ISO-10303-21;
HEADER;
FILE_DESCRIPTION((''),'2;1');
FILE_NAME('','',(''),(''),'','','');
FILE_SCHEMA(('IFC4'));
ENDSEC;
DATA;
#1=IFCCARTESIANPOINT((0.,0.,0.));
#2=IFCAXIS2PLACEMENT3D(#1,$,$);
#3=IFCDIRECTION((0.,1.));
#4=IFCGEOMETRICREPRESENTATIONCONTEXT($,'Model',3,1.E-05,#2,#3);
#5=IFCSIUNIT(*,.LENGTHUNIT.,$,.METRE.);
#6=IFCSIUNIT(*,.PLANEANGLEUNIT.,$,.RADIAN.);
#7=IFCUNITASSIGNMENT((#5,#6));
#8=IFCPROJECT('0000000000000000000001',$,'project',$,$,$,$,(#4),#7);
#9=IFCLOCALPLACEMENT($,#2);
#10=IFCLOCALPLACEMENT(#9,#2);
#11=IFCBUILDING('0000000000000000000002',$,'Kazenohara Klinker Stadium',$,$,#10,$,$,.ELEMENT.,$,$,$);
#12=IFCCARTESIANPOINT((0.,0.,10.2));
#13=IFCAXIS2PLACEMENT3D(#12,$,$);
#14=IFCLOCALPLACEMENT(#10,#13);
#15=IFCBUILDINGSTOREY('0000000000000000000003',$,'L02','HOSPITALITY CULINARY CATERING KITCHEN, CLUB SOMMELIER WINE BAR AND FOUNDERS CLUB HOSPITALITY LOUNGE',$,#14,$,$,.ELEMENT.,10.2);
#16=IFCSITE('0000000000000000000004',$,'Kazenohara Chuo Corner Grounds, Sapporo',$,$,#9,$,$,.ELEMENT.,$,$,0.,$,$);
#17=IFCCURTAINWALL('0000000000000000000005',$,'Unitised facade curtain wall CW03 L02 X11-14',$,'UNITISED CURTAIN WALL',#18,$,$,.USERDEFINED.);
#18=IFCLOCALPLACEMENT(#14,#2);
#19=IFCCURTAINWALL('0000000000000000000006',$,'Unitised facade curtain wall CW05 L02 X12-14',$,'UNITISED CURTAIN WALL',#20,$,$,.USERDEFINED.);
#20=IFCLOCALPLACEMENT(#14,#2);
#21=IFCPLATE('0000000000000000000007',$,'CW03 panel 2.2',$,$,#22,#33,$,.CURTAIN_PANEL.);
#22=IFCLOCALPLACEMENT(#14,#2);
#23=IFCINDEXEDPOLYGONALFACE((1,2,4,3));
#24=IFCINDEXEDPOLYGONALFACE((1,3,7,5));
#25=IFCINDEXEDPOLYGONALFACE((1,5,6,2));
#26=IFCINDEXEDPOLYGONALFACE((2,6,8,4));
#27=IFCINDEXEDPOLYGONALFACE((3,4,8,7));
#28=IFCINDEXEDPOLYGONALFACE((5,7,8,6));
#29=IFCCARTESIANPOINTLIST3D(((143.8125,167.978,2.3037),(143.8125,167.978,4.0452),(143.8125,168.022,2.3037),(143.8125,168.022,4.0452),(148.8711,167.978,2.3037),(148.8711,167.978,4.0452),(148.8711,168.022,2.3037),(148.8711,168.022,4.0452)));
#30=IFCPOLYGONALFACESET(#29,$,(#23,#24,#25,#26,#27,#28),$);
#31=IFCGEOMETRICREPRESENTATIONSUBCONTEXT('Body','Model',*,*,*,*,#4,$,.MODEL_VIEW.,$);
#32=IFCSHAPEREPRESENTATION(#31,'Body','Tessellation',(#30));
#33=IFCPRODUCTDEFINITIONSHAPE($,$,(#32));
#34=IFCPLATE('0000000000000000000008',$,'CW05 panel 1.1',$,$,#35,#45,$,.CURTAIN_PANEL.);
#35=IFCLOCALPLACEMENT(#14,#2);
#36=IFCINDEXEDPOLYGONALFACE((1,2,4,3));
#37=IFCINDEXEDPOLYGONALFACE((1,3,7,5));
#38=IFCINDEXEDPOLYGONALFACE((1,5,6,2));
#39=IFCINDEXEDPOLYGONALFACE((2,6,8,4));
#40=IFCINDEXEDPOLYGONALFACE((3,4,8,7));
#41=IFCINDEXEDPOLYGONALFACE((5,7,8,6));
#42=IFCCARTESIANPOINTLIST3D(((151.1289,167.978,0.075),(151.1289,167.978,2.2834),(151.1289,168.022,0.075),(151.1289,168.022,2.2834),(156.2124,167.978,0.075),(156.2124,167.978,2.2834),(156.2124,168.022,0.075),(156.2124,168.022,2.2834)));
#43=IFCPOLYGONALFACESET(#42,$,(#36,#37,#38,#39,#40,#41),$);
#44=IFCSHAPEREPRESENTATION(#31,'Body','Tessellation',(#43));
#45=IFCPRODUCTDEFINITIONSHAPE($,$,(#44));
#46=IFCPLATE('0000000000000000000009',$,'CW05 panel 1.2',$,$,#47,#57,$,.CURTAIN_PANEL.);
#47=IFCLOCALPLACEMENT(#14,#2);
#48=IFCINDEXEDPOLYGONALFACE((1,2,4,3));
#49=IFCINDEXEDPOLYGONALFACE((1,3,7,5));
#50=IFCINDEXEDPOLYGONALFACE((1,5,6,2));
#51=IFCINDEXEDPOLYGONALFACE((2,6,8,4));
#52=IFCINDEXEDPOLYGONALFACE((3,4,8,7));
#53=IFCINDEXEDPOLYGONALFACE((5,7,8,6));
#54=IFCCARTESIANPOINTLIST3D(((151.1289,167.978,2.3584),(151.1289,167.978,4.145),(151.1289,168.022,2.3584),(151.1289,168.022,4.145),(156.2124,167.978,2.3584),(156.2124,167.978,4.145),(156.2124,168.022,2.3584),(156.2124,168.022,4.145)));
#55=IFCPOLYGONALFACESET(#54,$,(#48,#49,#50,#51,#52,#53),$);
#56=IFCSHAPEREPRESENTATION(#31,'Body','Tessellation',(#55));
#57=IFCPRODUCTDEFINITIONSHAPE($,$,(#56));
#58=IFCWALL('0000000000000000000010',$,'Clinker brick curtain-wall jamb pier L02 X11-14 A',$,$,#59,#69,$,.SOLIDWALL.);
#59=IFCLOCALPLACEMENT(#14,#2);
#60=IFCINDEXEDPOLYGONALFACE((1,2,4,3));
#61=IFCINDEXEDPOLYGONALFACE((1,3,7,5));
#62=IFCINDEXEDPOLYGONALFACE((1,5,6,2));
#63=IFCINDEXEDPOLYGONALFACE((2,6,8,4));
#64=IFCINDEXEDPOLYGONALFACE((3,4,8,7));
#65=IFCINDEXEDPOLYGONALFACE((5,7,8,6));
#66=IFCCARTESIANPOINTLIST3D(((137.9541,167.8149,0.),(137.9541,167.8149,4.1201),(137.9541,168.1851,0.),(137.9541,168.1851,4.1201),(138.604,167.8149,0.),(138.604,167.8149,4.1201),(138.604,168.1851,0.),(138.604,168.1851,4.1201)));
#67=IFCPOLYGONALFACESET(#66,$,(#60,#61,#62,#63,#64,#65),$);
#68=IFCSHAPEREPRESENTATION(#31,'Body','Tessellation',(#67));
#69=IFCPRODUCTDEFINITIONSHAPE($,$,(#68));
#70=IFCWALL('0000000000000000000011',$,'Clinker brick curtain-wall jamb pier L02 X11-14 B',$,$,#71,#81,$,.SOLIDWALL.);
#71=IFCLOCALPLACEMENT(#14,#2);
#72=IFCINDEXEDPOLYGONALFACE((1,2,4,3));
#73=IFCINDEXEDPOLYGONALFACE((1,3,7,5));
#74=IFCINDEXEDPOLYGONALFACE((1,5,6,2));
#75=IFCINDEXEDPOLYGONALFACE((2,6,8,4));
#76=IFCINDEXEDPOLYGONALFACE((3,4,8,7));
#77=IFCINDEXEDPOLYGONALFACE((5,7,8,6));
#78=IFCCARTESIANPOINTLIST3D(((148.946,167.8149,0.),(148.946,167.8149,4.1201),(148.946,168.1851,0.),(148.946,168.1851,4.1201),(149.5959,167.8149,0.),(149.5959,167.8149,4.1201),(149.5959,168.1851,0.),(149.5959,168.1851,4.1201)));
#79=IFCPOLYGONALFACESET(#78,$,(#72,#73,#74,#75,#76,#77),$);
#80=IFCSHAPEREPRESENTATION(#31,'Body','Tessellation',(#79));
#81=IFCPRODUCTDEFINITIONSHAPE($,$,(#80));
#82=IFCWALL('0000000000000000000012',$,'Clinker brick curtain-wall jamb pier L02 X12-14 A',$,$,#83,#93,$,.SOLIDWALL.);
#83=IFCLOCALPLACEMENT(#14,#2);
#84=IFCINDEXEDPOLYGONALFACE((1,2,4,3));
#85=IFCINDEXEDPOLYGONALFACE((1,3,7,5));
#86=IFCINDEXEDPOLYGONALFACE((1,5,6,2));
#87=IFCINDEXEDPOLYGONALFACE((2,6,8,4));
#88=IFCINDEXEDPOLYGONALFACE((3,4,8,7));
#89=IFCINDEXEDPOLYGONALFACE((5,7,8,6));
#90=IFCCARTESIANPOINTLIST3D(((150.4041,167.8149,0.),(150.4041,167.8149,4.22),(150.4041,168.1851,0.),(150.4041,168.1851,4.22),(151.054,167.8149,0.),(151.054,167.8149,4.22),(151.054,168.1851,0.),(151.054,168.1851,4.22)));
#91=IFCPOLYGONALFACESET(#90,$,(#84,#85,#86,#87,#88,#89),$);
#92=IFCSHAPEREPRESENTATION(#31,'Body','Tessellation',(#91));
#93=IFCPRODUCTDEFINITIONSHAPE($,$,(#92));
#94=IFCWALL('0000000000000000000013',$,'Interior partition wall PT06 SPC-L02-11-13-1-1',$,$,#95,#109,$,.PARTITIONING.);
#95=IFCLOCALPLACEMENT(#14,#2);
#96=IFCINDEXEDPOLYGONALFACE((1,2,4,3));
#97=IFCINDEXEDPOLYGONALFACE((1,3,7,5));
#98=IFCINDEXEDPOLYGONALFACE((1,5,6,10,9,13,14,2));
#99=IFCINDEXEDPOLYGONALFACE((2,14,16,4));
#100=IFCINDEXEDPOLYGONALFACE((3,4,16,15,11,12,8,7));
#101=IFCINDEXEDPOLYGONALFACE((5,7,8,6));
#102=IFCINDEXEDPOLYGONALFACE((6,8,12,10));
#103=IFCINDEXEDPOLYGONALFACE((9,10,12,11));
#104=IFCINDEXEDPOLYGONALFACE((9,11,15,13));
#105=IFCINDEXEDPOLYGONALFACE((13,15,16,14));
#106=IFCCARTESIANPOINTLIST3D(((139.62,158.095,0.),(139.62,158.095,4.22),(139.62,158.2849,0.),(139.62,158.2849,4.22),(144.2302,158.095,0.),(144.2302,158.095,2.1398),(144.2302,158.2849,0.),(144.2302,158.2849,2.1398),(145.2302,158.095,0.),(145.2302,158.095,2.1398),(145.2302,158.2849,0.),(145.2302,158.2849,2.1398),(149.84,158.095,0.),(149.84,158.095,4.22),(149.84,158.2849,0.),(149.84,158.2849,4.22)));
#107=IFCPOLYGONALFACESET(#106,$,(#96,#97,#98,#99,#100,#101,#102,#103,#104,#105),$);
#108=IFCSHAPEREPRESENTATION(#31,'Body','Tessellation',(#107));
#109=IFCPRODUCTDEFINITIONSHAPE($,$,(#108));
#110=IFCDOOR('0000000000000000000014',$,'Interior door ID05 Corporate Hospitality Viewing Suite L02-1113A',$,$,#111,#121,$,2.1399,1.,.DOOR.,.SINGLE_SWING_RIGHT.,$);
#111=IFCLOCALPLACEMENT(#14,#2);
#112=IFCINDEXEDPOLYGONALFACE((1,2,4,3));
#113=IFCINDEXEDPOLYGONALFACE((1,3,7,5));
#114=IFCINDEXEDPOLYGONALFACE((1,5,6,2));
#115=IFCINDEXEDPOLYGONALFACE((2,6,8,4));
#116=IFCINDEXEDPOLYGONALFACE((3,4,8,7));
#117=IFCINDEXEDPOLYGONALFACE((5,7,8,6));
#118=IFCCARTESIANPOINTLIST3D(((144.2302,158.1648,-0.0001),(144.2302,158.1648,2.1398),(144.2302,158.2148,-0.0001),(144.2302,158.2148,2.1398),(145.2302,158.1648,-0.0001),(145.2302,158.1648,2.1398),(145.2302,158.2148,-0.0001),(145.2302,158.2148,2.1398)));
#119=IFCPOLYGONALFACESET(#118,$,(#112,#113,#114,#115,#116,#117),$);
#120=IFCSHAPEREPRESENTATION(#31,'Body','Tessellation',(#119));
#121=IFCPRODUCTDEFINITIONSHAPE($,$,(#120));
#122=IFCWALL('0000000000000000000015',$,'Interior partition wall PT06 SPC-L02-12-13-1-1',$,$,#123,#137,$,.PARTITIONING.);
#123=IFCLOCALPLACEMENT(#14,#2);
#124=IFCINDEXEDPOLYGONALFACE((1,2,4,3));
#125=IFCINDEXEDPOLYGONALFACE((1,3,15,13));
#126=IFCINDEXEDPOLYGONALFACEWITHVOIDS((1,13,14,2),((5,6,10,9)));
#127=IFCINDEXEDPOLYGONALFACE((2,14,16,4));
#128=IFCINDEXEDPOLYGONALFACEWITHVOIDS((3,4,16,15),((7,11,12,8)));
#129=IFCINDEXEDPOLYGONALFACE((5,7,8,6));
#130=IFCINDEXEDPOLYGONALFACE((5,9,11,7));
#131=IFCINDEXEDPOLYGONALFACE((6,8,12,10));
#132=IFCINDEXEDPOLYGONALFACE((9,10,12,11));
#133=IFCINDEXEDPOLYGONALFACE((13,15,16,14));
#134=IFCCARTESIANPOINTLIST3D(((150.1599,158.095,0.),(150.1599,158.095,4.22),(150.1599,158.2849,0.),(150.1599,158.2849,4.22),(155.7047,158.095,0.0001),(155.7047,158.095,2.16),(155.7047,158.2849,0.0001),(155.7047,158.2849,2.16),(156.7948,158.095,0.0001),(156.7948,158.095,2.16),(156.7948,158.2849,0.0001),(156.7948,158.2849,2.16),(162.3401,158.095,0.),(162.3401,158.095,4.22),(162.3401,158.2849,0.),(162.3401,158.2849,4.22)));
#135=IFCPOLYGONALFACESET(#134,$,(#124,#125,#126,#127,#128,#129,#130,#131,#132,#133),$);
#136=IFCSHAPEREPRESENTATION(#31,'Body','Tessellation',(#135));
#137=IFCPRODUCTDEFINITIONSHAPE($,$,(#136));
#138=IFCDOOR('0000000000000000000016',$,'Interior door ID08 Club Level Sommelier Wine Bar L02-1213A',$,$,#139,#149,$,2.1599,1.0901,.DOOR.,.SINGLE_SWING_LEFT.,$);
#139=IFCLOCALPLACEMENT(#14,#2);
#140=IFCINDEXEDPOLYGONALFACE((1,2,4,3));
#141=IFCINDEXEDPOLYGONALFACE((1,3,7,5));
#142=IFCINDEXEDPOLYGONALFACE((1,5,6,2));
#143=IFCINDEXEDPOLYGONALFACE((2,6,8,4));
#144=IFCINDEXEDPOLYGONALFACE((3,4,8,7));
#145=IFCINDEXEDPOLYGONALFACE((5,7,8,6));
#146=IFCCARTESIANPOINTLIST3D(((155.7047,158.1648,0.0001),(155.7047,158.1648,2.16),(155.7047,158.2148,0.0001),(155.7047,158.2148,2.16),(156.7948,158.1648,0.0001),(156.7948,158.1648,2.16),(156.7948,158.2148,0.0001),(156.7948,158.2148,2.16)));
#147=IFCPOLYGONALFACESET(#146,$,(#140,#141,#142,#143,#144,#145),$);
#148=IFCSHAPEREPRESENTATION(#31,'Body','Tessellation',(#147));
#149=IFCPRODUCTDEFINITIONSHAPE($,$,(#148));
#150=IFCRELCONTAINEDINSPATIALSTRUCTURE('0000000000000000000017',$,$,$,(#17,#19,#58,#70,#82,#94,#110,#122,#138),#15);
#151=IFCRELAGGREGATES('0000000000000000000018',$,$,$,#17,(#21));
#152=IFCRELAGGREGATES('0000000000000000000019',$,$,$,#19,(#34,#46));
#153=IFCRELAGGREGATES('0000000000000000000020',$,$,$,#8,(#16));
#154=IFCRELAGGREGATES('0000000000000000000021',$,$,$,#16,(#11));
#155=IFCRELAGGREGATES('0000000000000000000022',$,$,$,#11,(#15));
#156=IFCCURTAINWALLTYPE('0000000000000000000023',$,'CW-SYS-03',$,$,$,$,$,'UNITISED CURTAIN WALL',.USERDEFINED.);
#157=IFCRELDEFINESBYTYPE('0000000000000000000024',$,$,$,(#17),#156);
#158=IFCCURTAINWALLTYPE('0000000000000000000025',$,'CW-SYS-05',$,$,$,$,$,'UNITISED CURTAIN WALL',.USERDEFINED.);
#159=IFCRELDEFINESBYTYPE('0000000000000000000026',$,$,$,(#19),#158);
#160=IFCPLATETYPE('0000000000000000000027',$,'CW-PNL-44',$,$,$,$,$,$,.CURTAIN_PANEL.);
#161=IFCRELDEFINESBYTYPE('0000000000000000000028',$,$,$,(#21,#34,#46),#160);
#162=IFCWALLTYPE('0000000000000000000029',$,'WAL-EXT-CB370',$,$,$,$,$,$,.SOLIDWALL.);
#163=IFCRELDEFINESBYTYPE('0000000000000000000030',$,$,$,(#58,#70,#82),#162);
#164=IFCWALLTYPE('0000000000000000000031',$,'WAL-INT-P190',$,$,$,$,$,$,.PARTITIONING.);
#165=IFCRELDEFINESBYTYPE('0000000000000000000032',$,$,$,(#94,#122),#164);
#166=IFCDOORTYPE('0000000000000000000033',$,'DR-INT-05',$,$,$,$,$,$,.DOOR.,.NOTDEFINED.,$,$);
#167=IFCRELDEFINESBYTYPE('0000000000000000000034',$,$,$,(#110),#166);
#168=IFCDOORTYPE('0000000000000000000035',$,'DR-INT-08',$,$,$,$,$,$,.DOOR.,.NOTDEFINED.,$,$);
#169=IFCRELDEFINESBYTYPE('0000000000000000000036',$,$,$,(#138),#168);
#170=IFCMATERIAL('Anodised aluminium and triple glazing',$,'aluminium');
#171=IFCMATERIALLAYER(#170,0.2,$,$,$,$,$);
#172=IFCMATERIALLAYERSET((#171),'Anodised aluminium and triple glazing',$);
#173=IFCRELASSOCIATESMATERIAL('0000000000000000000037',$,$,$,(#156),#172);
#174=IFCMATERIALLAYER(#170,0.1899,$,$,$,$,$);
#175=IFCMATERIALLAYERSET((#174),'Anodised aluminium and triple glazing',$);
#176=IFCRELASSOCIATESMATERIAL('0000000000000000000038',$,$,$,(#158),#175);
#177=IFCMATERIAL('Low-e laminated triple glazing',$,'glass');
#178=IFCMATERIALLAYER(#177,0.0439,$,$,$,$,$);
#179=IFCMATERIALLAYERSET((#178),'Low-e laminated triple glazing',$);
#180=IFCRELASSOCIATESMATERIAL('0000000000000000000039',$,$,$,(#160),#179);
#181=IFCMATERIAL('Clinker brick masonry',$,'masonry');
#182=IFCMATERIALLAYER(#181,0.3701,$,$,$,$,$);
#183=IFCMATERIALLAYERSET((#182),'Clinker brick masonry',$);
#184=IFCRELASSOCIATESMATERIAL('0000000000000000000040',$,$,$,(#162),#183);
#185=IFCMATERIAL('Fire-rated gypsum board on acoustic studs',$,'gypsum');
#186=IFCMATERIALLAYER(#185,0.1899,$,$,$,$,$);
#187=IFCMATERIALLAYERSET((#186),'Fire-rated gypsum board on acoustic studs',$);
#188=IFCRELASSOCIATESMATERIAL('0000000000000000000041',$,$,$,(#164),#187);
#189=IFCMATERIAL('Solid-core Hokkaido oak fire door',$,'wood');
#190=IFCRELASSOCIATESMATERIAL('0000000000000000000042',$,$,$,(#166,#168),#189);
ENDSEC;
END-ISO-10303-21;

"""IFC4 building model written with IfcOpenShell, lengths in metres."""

from ifc_helpers import new_model, si_unit, direction, frame, frame_2d, origin, origin_2d, place, context, subcontext, project, spatial, rectangle, extrude, material, layer, layer_set, type_object, element, fill, aggregate, save


model = new_model("IFC4")

# Units and contexts
model_context = context("Model", 3, precision=1e-05, world=origin(), true_north=direction((0.0, 1.0)))
body_context = subcontext(model_context, "Body", "Model", "MODEL_VIEW")
ifc_project = project(units=[si_unit("LENGTHUNIT", "METRE"), si_unit("PLANEANGLEUNIT", "RADIAN")], contexts=[model_context])

# Site, building, storey
site_placement = place(None, origin())
site = spatial("IfcSite", under=ifc_project, at=site_placement, Name="Kazenohara Chuo Corner Grounds, Sapporo", CompositionType="ELEMENT", RefElevation=0.0)
building_placement = place(site_placement, origin())
building = spatial("IfcBuilding", under=site, at=building_placement, Name="Kazenohara Klinker Stadium", CompositionType="ELEMENT")
storey_placement = place(building_placement, frame((0.0, 0.0, 10.2)))
storey = spatial("IfcBuildingStorey", under=building, at=storey_placement, Name="L02", Description="HOSPITALITY CULINARY CATERING KITCHEN, CLUB SOMMELIER WINE BAR AND FOUNDERS CLUB HOSPITALITY LOUNGE", CompositionType="ELEMENT", Elevation=10.2)

# Curtain walls
ifc_material_1 = material(Name="Anodised aluminium and triple glazing", Category="aluminium")
ifc_layer_1 = layer(ifc_material_1, 0.2)
ifc_layer_set_1 = layer_set([ifc_layer_1], Name="Anodised aluminium and triple glazing")
curtain_wall_type_1 = type_object("IfcCurtainWallType", Name="CW-SYS-03", ElementType="UNITISED CURTAIN WALL", PredefinedType="USERDEFINED", material=ifc_layer_set_1)
curtain_wall_1_placement = place(storey_placement, origin())
curtain_wall_1 = element("IfcCurtainWall", 1, at=curtain_wall_1_placement, inside=storey, type_object=curtain_wall_type_1, Name="Unitised facade curtain wall CW03 L02 X11-14", ObjectType="UNITISED CURTAIN WALL", PredefinedType="USERDEFINED")
ifc_layer_2 = layer(ifc_material_1, 0.1899)
ifc_layer_set_2 = layer_set([ifc_layer_2], Name="Anodised aluminium and triple glazing")
curtain_wall_type_2 = type_object("IfcCurtainWallType", Name="CW-SYS-05", ElementType="UNITISED CURTAIN WALL", PredefinedType="USERDEFINED", material=ifc_layer_set_2)
curtain_wall_2_placement = place(storey_placement, origin())
curtain_wall_2 = element("IfcCurtainWall", 2, at=curtain_wall_2_placement, inside=storey, type_object=curtain_wall_type_2, Name="Unitised facade curtain wall CW05 L02 X12-14", ObjectType="UNITISED CURTAIN WALL", PredefinedType="USERDEFINED")

# Plates
ifc_material_2 = material(Name="Low-e laminated triple glazing", Category="glass")
ifc_layer_3 = layer(ifc_material_2, 0.0439)
ifc_layer_set_3 = layer_set([ifc_layer_3], Name="Low-e laminated triple glazing")
plate_type = type_object("IfcPlateType", Name="CW-PNL-44", PredefinedType="CURTAIN_PANEL", material=ifc_layer_set_3)
plate_1_placement = place(storey_placement, frame((146.3418, 168.0, 2.3037), z_axis=(0.0, 0.0, 1.0), x_axis=(1.0, 0.0, 0.0)))
plate_1 = element("IfcPlate", 3, at=plate_1_placement, type_object=plate_type, Name="CW03 panel 2.2", PredefinedType="CURTAIN_PANEL", context=body_context, shape_type="SweptSolid", body=[
    extrude(rectangle(XDim=5.0586, YDim=0.0439, at=origin_2d()), origin(), (0.0, 0.0, 1.0), 1.7415),
])
aggregate(curtain_wall_1, [plate_1])
plate_2_placement = place(storey_placement, frame((153.6707, 168.0, 0.075), z_axis=(0.0, 0.0, 1.0), x_axis=(1.0, 0.0, 0.0)))
plate_2 = element("IfcPlate", 4, at=plate_2_placement, type_object=plate_type, Name="CW05 panel 1.1", PredefinedType="CURTAIN_PANEL", context=body_context, shape_type="SweptSolid", body=[
    extrude(rectangle(XDim=5.0835, YDim=0.0439, at=origin_2d()), origin(), (0.0, 0.0, 1.0), 2.2085),
])
plate_3_placement = place(storey_placement, frame((153.6707, 168.0, 2.3584), z_axis=(0.0, 0.0, 1.0), x_axis=(1.0, 0.0, 0.0)))
plate_3 = element("IfcPlate", 5, at=plate_3_placement, type_object=plate_type, Name="CW05 panel 1.2", PredefinedType="CURTAIN_PANEL", context=body_context, shape_type="SweptSolid", body=[
    extrude(rectangle(XDim=5.0835, YDim=0.0439, at=origin_2d()), origin(), (0.0, 0.0, 1.0), 1.7866),
])
aggregate(curtain_wall_2, [plate_2, plate_3])

# Walls
ifc_material_3 = material(Name="Clinker brick masonry", Category="masonry")
ifc_layer_4 = layer(ifc_material_3, 0.3701)
ifc_layer_set_4 = layer_set([ifc_layer_4], Name="Clinker brick masonry")
wall_type_1 = type_object("IfcWallType", Name="WAL-EXT-CB370", PredefinedType="SOLIDWALL", material=ifc_layer_set_4)
for number, where, z_axis, x_axis, name in (
    (6, (137.9541, 168.0, 0.0), (0.0, 0.0, 1.0), (1.0, 0.0, 0.0), "Clinker brick curtain-wall jamb pier L02 X11-14 A"),
    (7, (148.946, 168.0, 0.0), (0.0, 0.0, 1.0), (1.0, 0.0, 0.0), "Clinker brick curtain-wall jamb pier L02 X11-14 B"),
):
    element("IfcWall", number, at=place(storey_placement, frame(where, z_axis=z_axis, x_axis=x_axis)), inside=storey, type_object=wall_type_1, Name=name, PredefinedType="SOLIDWALL", context=body_context, shape_type="SweptSolid", body=[
        extrude(rectangle(XDim=0.6499, YDim=0.3701, at=frame_2d((0.325, 0.0))), origin(), (0.0, 0.0, 1.0), 4.1201),
    ])
wall_1_placement = place(storey_placement, frame((150.4041, 168.0, 0.0), z_axis=(0.0, 0.0, 1.0), x_axis=(1.0, 0.0, 0.0)))
element("IfcWall", 8, at=wall_1_placement, inside=storey, type_object=wall_type_1, Name="Clinker brick curtain-wall jamb pier L02 X12-14 A", PredefinedType="SOLIDWALL", context=body_context, shape_type="SweptSolid", body=[
    extrude(rectangle(XDim=0.6499, YDim=0.3701, at=frame_2d((0.325, 0.0))), origin(), (0.0, 0.0, 1.0), 4.22),
])

# Walls, openings, doors
ifc_material_4 = material(Name="Fire-rated gypsum board on acoustic studs", Category="gypsum")
ifc_layer_5 = layer(ifc_material_4, 0.1899)
ifc_layer_set_5 = layer_set([ifc_layer_5], Name="Fire-rated gypsum board on acoustic studs")
wall_type_2 = type_object("IfcWallType", Name="WAL-INT-P190", PredefinedType="PARTITIONING", material=ifc_layer_set_5)
wall_2_placement = place(storey_placement, frame((139.6201, 158.1899, 0.0), z_axis=(0.0, 0.0, 1.0), x_axis=(1.0, 0.0, 0.0)))
wall_2 = element("IfcWall", 9, at=wall_2_placement, inside=storey, type_object=wall_type_2, Name="Interior partition wall PT06 SPC-L02-11-13-1-1", PredefinedType="PARTITIONING", context=body_context, shape_type="SweptSolid", body=[
    extrude(rectangle(XDim=10.22, YDim=0.1899, at=frame_2d((5.1099, 0.0))), origin(), (0.0, 0.0, 1.0), 4.22),
])
opening_1_placement = place(wall_2_placement, frame((4.6101, 0.0, 0.0)))
opening_1 = element("IfcOpeningElement", 10, at=opening_1_placement, cuts=wall_2, PredefinedType="OPENING", context=body_context, shape_type="SweptSolid", body=[
    extrude(rectangle(XDim=1.0, YDim=2.1399, at=frame_2d((0.5, 1.0698))), frame((0.0, 0.105, 0.0), z_axis=(0.0, -1.0, 0.0), x_axis=(1.0, 0.0, 0.0)), (0.0, 0.0, 1.0), 0.21),
])
ifc_material_5 = material(Name="Solid-core Hokkaido oak fire door", Category="wood")
door_type_1 = type_object("IfcDoorType", Name="DR-INT-05", OperationType="NOTDEFINED", PredefinedType="DOOR", material=ifc_material_5)
door_1_placement = place(opening_1_placement, origin())
door_1 = element("IfcDoor", 11, at=door_1_placement, inside=storey, type_object=door_type_1, Name="Interior door ID05 Corporate Hospitality Viewing Suite L02-1113A", OperationType="SINGLE_SWING_RIGHT", OverallHeight=2.1399, OverallWidth=1.0, PredefinedType="DOOR", context=body_context, shape_type="SweptSolid", body=[
    extrude(rectangle(XDim=1.0, YDim=2.1399, at=frame_2d((0.5, 1.0698))), frame((0.0, 0.0249, 0.0), z_axis=(0.0, -1.0, 0.0), x_axis=(1.0, 0.0, 0.0)), (0.0, 0.0, 1.0), 0.05),
])
fill(opening_1, door_1)
wall_3_placement = place(storey_placement, frame((150.1599, 158.1899, 0.0), z_axis=(0.0, 0.0, 1.0), x_axis=(1.0, 0.0, 0.0)))
wall_3 = element("IfcWall", 12, at=wall_3_placement, inside=storey, type_object=wall_type_2, Name="Interior partition wall PT06 SPC-L02-12-13-1-1", PredefinedType="PARTITIONING", context=body_context, shape_type="SweptSolid", body=[
    extrude(rectangle(XDim=12.1802, YDim=0.1899, at=frame_2d((6.0901, 0.0))), origin(), (0.0, 0.0, 1.0), 4.22),
])
opening_2_placement = place(wall_3_placement, frame((5.5449, 0.0, 0.0)))
opening_2 = element("IfcOpeningElement", 13, at=opening_2_placement, cuts=wall_3, PredefinedType="OPENING", context=body_context, shape_type="SweptSolid", body=[
    extrude(rectangle(XDim=1.0901, YDim=2.1599, at=frame_2d((0.5449, 1.0801))), frame((0.0, 0.105, 0.0), z_axis=(0.0, -1.0, 0.0), x_axis=(1.0, 0.0, 0.0)), (0.0, 0.0, 1.0), 0.21),
])
door_type_2 = type_object("IfcDoorType", Name="DR-INT-08", OperationType="NOTDEFINED", PredefinedType="DOOR", material=ifc_material_5)
door_2_placement = place(opening_2_placement, origin())
door_2 = element("IfcDoor", 14, at=door_2_placement, inside=storey, type_object=door_type_2, Name="Interior door ID08 Club Level Sommelier Wine Bar L02-1213A", OperationType="SINGLE_SWING_LEFT", OverallHeight=2.1599, OverallWidth=1.0901, PredefinedType="DOOR", context=body_context, shape_type="SweptSolid", body=[
    extrude(rectangle(XDim=1.0901, YDim=2.1599, at=frame_2d((0.5449, 1.0801))), frame((0.0, 0.0249, 0.0), z_axis=(0.0, -1.0, 0.0), x_axis=(1.0, 0.0, 0.0)), (0.0, 0.0, 1.0), 0.05),
])
fill(opening_2, door_2)

save(model, "model.ifc")
